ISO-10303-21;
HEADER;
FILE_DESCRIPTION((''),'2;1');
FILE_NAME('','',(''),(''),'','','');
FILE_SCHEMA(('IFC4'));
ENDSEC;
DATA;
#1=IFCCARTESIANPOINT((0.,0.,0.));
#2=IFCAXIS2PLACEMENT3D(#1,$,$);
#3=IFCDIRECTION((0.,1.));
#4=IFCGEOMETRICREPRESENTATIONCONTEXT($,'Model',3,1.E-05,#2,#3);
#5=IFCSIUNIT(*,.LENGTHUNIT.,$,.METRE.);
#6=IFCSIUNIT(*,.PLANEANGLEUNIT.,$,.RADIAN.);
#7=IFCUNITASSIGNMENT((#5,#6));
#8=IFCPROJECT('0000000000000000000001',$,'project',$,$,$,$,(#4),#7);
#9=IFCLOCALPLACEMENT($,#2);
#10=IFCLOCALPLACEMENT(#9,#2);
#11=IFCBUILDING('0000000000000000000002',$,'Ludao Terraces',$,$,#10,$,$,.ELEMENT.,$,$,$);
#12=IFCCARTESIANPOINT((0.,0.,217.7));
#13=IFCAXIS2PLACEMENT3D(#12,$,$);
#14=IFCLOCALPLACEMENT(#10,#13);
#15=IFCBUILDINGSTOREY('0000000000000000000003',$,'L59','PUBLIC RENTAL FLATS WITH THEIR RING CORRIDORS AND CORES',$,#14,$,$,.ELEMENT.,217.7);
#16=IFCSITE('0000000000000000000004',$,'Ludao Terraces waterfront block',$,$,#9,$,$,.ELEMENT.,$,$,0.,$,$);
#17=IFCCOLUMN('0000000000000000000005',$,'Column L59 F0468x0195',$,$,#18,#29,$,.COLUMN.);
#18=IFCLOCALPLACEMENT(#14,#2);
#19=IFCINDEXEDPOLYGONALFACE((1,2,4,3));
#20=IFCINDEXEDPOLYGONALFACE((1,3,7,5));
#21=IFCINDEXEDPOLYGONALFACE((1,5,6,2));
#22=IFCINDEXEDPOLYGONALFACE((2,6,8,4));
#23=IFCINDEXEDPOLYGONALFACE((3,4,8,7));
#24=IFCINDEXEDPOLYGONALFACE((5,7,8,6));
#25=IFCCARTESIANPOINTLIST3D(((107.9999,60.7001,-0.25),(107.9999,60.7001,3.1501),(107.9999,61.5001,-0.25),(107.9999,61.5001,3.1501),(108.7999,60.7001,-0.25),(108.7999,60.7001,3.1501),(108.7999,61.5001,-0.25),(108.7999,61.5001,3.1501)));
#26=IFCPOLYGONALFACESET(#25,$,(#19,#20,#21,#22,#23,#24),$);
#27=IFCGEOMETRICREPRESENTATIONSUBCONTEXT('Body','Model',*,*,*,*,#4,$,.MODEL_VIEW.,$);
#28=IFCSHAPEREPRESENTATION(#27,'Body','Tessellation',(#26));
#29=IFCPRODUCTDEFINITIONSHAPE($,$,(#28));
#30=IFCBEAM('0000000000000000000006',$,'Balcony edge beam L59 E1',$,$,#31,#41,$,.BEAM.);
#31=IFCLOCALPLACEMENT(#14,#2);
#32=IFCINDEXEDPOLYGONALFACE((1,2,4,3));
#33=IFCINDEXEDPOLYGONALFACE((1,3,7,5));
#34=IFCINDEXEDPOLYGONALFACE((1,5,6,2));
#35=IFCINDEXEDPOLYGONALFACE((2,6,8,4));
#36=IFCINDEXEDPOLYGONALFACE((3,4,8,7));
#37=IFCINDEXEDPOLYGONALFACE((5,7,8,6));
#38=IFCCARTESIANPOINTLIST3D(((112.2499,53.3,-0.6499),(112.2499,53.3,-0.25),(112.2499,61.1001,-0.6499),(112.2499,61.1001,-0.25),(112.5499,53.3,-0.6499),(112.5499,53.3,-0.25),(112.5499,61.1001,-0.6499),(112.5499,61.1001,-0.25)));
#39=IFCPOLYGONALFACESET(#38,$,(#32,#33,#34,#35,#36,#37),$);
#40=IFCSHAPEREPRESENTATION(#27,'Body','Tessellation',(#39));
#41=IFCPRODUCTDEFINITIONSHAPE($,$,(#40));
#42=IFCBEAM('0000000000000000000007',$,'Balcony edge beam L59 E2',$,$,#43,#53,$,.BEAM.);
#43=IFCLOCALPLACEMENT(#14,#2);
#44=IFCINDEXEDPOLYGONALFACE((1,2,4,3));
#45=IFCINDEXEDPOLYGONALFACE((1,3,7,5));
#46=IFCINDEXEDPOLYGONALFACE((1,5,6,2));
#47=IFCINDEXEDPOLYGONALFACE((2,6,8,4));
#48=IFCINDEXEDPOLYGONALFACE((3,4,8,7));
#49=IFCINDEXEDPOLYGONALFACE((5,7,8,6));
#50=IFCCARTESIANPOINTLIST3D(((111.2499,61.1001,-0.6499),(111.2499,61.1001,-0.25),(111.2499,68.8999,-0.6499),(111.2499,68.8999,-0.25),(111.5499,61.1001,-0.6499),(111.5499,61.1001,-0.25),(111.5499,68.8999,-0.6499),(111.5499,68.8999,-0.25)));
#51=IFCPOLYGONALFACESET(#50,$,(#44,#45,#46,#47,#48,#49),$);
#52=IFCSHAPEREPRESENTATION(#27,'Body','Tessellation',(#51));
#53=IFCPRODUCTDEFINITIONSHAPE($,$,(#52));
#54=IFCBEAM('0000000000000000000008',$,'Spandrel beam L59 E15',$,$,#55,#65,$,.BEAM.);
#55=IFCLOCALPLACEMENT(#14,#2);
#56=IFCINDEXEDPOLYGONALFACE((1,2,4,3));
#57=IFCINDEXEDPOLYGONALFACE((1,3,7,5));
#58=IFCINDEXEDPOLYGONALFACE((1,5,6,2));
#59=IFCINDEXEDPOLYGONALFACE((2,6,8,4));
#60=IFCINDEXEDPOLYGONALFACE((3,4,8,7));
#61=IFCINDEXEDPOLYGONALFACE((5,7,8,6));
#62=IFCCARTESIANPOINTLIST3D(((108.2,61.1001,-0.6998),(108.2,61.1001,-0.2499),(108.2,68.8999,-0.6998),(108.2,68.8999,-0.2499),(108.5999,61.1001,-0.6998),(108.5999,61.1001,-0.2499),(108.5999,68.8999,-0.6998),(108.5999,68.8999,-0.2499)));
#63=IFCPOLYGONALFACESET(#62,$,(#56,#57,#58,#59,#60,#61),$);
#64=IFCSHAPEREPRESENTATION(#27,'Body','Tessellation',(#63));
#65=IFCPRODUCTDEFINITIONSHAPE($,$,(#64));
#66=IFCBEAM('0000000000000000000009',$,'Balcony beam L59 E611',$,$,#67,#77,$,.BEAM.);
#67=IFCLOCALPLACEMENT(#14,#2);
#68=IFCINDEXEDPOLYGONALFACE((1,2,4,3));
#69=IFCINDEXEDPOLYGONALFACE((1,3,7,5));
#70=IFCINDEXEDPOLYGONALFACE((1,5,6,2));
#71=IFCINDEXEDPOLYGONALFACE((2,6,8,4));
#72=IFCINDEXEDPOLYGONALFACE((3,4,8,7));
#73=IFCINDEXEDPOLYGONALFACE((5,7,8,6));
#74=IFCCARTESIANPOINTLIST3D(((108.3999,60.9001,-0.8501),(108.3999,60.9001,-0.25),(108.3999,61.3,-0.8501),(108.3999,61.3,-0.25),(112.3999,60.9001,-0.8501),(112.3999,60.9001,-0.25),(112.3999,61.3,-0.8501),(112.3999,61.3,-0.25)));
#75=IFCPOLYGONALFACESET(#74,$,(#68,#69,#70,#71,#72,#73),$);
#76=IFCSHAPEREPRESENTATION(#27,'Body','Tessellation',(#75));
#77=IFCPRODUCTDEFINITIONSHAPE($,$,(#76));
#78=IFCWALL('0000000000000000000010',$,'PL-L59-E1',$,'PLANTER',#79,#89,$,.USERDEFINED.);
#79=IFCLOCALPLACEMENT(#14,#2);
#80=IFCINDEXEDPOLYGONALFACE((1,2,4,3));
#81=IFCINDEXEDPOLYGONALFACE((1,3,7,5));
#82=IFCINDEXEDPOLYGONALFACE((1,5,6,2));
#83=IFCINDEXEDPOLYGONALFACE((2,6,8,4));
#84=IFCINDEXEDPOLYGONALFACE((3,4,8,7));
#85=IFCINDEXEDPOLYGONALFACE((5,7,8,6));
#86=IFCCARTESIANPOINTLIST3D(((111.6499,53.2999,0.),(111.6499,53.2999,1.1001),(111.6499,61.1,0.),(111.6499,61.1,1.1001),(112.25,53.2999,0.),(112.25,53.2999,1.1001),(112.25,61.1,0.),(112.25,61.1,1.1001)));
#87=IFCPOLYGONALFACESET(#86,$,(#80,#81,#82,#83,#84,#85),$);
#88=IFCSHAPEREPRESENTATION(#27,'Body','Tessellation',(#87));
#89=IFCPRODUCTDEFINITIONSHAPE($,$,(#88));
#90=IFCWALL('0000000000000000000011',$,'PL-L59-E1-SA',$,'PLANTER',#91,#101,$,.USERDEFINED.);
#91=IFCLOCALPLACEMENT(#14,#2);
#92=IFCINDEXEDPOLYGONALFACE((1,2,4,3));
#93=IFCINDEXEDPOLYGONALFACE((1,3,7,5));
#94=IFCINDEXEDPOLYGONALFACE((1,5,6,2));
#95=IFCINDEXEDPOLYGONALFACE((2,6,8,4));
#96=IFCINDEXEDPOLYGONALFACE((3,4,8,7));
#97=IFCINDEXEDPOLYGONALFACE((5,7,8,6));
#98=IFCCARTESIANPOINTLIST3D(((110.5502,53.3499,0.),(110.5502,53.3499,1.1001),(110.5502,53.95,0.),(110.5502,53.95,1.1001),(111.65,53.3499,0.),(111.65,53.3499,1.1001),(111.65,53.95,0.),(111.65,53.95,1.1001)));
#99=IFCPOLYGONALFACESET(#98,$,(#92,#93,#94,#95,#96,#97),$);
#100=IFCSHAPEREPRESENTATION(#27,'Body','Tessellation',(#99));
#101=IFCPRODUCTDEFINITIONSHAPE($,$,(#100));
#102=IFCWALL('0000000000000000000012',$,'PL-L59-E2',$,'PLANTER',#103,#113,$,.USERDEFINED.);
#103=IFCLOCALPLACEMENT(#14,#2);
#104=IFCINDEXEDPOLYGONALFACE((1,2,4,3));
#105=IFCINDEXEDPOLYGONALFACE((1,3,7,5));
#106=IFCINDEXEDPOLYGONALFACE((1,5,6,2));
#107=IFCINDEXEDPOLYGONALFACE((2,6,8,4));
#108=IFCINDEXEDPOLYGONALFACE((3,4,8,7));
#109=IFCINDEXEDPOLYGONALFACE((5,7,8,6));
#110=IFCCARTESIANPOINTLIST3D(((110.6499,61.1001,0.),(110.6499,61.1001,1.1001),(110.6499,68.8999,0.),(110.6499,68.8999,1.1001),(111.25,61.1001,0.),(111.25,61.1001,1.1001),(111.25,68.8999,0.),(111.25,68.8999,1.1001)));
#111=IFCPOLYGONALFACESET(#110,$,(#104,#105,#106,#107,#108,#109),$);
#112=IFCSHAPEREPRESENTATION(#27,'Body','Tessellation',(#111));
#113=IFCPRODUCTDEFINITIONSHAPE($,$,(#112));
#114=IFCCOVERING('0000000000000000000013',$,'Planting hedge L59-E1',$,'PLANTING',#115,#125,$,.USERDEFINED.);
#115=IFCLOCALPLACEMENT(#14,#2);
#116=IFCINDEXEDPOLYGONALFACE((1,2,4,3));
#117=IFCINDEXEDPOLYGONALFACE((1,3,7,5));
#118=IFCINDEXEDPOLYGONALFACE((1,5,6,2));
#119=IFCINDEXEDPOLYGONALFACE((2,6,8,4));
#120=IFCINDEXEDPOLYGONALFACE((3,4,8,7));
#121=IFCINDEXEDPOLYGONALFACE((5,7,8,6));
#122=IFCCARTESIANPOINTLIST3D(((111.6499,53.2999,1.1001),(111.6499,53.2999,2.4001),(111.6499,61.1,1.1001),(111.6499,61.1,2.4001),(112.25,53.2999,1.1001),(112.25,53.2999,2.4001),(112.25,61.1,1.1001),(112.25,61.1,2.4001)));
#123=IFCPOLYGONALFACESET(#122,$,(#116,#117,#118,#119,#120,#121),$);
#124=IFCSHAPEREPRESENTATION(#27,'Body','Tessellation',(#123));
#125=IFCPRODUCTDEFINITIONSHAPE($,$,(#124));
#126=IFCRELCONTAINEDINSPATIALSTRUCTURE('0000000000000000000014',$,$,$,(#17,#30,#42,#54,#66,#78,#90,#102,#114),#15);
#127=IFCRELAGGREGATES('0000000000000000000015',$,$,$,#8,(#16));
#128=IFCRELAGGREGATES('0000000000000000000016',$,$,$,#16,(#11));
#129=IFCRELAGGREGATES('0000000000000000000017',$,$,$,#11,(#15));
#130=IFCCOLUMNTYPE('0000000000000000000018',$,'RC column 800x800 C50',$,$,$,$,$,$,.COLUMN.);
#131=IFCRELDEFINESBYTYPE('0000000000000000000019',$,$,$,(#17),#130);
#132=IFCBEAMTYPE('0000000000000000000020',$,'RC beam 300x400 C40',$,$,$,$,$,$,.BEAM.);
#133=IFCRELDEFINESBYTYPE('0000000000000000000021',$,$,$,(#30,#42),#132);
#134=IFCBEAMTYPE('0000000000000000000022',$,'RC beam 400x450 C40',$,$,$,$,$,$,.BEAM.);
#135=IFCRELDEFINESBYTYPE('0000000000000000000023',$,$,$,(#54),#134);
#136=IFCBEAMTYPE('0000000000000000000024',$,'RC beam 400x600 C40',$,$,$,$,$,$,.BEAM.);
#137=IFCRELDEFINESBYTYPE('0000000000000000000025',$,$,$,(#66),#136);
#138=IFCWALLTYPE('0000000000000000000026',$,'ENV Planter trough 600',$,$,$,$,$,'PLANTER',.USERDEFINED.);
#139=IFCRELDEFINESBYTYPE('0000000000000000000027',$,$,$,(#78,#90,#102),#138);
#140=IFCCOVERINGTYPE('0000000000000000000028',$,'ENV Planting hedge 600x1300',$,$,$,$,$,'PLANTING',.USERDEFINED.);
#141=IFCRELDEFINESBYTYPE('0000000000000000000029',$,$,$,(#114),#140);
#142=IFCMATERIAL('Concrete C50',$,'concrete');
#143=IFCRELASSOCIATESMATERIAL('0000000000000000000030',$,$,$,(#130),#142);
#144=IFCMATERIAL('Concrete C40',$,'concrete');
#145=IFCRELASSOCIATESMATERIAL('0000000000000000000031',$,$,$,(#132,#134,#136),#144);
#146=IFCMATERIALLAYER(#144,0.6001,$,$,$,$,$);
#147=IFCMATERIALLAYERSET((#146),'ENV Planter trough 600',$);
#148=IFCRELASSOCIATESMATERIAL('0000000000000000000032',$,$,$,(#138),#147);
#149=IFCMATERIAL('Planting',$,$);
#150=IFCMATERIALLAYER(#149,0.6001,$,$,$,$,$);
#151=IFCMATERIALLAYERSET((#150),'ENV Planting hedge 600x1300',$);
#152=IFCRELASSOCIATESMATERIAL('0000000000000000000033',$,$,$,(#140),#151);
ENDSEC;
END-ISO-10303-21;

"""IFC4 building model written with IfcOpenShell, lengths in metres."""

from ifc_helpers import new_model, si_unit, direction, frame, frame_2d, origin, origin_2d, place, context, subcontext, project, spatial, rectangle, extrude, material, layer, layer_set, material_profile, profile_set, type_object, element, save


model = new_model("IFC4")

# Units and contexts
model_context = context("Model", 3, precision=1e-05, world=origin(), true_north=direction((0.0, 1.0)))
body_context = subcontext(model_context, "Body", "Model", "MODEL_VIEW")
ifc_project = project(units=[si_unit("LENGTHUNIT", "METRE"), si_unit("PLANEANGLEUNIT", "RADIAN")], contexts=[model_context])

# Site, building, storey
site_placement = place(None, origin())
site = spatial("IfcSite", under=ifc_project, at=site_placement, Name="Ludao Terraces waterfront block", CompositionType="ELEMENT", RefElevation=0.0)
building_placement = place(site_placement, origin())
building = spatial("IfcBuilding", under=site, at=building_placement, Name="Ludao Terraces", CompositionType="ELEMENT")
storey_placement = place(building_placement, frame((0.0, 0.0, 217.7)))
storey = spatial("IfcBuildingStorey", under=building, at=storey_placement, Name="L59", Description="PUBLIC RENTAL FLATS WITH THEIR RING CORRIDORS AND CORES", CompositionType="ELEMENT", Elevation=217.7)

# Column
ifc_material_1 = material(Name="Concrete C50", Category="concrete")
ifc_material_profile_1 = material_profile(ifc_material_1, rectangle(XDim=0.8, YDim=0.8, at=origin_2d()), Name="800 X 800")
ifc_profile_set_1 = profile_set([ifc_material_profile_1], Name="Concrete C50")
column_type = type_object("IfcColumnType", Name="RC column 800x800 C50", PredefinedType="COLUMN", material=ifc_profile_set_1)
column_placement = place(storey_placement, frame((108.3999, 61.1001, -0.25), z_axis=(0.0, 0.0, 1.0), x_axis=(1.0, 0.0, 0.0)))
element("IfcColumn", 1, at=column_placement, inside=storey, type_object=column_type, Name="Column L59 F0468x0195", PredefinedType="COLUMN", context=body_context, shape_type="SweptSolid", body=[
    extrude(rectangle(XDim=0.8, YDim=0.8, at=origin_2d()), origin(), (0.0, 0.0, 1.0), 3.4001),
])

# Beams
ifc_material_2 = material(Name="Concrete C40", Category="concrete")
ifc_material_profile_2 = material_profile(ifc_material_2, rectangle(XDim=0.3, YDim=0.3999, at=origin_2d()), Name="300 X 400")
ifc_profile_set_2 = profile_set([ifc_material_profile_2], Name="Concrete C40")
beam_type_1 = type_object("IfcBeamType", Name="RC beam 300x400 C40", PredefinedType="BEAM", material=ifc_profile_set_2)
beam_1_placement = place(storey_placement, frame((112.3999, 53.3, -0.45), z_axis=(0.0, 1.0, 0.0), x_axis=(-1.0, 0.0, 0.0)))
element("IfcBeam", 2, at=beam_1_placement, inside=storey, type_object=beam_type_1, Name="Balcony edge beam L59 E1", PredefinedType="BEAM", context=body_context, shape_type="SweptSolid", body=[
    extrude(rectangle(XDim=0.3, YDim=0.3999, at=origin_2d()), origin(), (0.0, 0.0, 1.0), 7.8),
])
beam_2_placement = place(storey_placement, frame((111.3999, 61.1001, -0.45), z_axis=(0.0, 1.0, 0.0), x_axis=(-1.0, 0.0, 0.0)))
element("IfcBeam", 3, at=beam_2_placement, inside=storey, type_object=beam_type_1, Name="Balcony edge beam L59 E2", PredefinedType="BEAM", context=body_context, shape_type="SweptSolid", body=[
    extrude(rectangle(XDim=0.3, YDim=0.3999, at=origin_2d()), origin(), (0.0, 0.0, 1.0), 7.7998),
])
ifc_material_profile_3 = material_profile(ifc_material_2, rectangle(XDim=0.3999, YDim=0.45, at=origin_2d()), Name="400 X 450")
ifc_profile_set_3 = profile_set([ifc_material_profile_3], Name="Concrete C40")
beam_type_2 = type_object("IfcBeamType", Name="RC beam 400x450 C40", PredefinedType="BEAM", material=ifc_profile_set_3)
beam_3_placement = place(storey_placement, frame((108.3999, 61.1001, -0.4749), z_axis=(0.0, 1.0, 0.0), x_axis=(-1.0, 0.0, 0.0)))
element("IfcBeam", 4, at=beam_3_placement, inside=storey, type_object=beam_type_2, Name="Spandrel beam L59 E15", PredefinedType="BEAM", context=body_context, shape_type="SweptSolid", body=[
    extrude(rectangle(XDim=0.3999, YDim=0.45, at=origin_2d()), origin(), (0.0, 0.0, 1.0), 7.7998),
])
ifc_material_profile_4 = material_profile(ifc_material_2, rectangle(XDim=0.3999, YDim=0.6001, at=origin_2d()), Name="400 X 600")
ifc_profile_set_4 = profile_set([ifc_material_profile_4], Name="Concrete C40")
beam_type_3 = type_object("IfcBeamType", Name="RC beam 400x600 C40", PredefinedType="BEAM", material=ifc_profile_set_4)
beam_4_placement = place(storey_placement, frame((108.3999, 61.1001, -0.55), z_axis=(1.0, 0.0, 0.0), x_axis=(0.0, 1.0, 0.0)))
element("IfcBeam", 5, at=beam_4_placement, inside=storey, type_object=beam_type_3, Name="Balcony beam L59 E611", PredefinedType="BEAM", context=body_context, shape_type="SweptSolid", body=[
    extrude(rectangle(XDim=0.3999, YDim=0.6001, at=origin_2d()), origin(), (0.0, 0.0, 1.0), 4.0),
])

# Walls
ifc_layer_1 = layer(ifc_material_2, 0.6001)
ifc_layer_set_1 = layer_set([ifc_layer_1], Name="ENV Planter trough 600")
wall_type = type_object("IfcWallType", Name="ENV Planter trough 600", ElementType="PLANTER", PredefinedType="USERDEFINED", material=ifc_layer_set_1)
wall_1_placement = place(storey_placement, frame((111.95, 53.3, 0.0), z_axis=(0.0, 0.0, 1.0), x_axis=(0.0, 1.0, 0.0)))
element("IfcWall", 6, at=wall_1_placement, inside=storey, type_object=wall_type, Name="PL-L59-E1", ObjectType="PLANTER", PredefinedType="USERDEFINED", context=body_context, shape_type="SweptSolid", body=[
    extrude(rectangle(XDim=7.8, YDim=0.6001, at=frame_2d((3.8999, 0.0))), origin(), (0.0, 0.0, 1.0), 1.1001),
])
wall_2_placement = place(storey_placement, frame((111.6499, 53.6499, 0.0), z_axis=(0.0, 0.0, 1.0), x_axis=(-1.0, 0.0, 0.0)))
element("IfcWall", 7, at=wall_2_placement, inside=storey, type_object=wall_type, Name="PL-L59-E1-SA", ObjectType="PLANTER", PredefinedType="USERDEFINED", context=body_context, shape_type="SweptSolid", body=[
    extrude(rectangle(XDim=1.0999, YDim=0.6001, at=frame_2d((0.5498, 0.0))), origin(), (0.0, 0.0, 1.0), 1.1001),
])
wall_3_placement = place(storey_placement, frame((110.95, 61.1001, 0.0), z_axis=(0.0, 0.0, 1.0), x_axis=(0.0, 1.0, 0.0)))
element("IfcWall", 8, at=wall_3_placement, inside=storey, type_object=wall_type, Name="PL-L59-E2", ObjectType="PLANTER", PredefinedType="USERDEFINED", context=body_context, shape_type="SweptSolid", body=[
    extrude(rectangle(XDim=7.7998, YDim=0.6001, at=frame_2d((3.8999, 0.0))), origin(), (0.0, 0.0, 1.0), 1.1001),
])

# Covering
ifc_material_3 = material(Name="Planting")
ifc_layer_2 = layer(ifc_material_3, 0.6001)
ifc_layer_set_2 = layer_set([ifc_layer_2], Name="ENV Planting hedge 600x1300")
covering_type = type_object("IfcCoveringType", Name="ENV Planting hedge 600x1300", ElementType="PLANTING", PredefinedType="USERDEFINED", material=ifc_layer_set_2)
covering_placement = place(storey_placement, frame((111.95, 57.2, 1.1001), z_axis=(0.0, 0.0, 1.0), x_axis=(1.0, 0.0, 0.0)))
element("IfcCovering", 9, at=covering_placement, inside=storey, type_object=covering_type, Name="Planting hedge L59-E1", ObjectType="PLANTING", PredefinedType="USERDEFINED", context=body_context, shape_type="SweptSolid", body=[
    extrude(rectangle(XDim=0.6001, YDim=7.8, at=origin_2d()), origin(), (0.0, 0.0, 1.0), 1.3),
])

save(model, "model.ifc")
